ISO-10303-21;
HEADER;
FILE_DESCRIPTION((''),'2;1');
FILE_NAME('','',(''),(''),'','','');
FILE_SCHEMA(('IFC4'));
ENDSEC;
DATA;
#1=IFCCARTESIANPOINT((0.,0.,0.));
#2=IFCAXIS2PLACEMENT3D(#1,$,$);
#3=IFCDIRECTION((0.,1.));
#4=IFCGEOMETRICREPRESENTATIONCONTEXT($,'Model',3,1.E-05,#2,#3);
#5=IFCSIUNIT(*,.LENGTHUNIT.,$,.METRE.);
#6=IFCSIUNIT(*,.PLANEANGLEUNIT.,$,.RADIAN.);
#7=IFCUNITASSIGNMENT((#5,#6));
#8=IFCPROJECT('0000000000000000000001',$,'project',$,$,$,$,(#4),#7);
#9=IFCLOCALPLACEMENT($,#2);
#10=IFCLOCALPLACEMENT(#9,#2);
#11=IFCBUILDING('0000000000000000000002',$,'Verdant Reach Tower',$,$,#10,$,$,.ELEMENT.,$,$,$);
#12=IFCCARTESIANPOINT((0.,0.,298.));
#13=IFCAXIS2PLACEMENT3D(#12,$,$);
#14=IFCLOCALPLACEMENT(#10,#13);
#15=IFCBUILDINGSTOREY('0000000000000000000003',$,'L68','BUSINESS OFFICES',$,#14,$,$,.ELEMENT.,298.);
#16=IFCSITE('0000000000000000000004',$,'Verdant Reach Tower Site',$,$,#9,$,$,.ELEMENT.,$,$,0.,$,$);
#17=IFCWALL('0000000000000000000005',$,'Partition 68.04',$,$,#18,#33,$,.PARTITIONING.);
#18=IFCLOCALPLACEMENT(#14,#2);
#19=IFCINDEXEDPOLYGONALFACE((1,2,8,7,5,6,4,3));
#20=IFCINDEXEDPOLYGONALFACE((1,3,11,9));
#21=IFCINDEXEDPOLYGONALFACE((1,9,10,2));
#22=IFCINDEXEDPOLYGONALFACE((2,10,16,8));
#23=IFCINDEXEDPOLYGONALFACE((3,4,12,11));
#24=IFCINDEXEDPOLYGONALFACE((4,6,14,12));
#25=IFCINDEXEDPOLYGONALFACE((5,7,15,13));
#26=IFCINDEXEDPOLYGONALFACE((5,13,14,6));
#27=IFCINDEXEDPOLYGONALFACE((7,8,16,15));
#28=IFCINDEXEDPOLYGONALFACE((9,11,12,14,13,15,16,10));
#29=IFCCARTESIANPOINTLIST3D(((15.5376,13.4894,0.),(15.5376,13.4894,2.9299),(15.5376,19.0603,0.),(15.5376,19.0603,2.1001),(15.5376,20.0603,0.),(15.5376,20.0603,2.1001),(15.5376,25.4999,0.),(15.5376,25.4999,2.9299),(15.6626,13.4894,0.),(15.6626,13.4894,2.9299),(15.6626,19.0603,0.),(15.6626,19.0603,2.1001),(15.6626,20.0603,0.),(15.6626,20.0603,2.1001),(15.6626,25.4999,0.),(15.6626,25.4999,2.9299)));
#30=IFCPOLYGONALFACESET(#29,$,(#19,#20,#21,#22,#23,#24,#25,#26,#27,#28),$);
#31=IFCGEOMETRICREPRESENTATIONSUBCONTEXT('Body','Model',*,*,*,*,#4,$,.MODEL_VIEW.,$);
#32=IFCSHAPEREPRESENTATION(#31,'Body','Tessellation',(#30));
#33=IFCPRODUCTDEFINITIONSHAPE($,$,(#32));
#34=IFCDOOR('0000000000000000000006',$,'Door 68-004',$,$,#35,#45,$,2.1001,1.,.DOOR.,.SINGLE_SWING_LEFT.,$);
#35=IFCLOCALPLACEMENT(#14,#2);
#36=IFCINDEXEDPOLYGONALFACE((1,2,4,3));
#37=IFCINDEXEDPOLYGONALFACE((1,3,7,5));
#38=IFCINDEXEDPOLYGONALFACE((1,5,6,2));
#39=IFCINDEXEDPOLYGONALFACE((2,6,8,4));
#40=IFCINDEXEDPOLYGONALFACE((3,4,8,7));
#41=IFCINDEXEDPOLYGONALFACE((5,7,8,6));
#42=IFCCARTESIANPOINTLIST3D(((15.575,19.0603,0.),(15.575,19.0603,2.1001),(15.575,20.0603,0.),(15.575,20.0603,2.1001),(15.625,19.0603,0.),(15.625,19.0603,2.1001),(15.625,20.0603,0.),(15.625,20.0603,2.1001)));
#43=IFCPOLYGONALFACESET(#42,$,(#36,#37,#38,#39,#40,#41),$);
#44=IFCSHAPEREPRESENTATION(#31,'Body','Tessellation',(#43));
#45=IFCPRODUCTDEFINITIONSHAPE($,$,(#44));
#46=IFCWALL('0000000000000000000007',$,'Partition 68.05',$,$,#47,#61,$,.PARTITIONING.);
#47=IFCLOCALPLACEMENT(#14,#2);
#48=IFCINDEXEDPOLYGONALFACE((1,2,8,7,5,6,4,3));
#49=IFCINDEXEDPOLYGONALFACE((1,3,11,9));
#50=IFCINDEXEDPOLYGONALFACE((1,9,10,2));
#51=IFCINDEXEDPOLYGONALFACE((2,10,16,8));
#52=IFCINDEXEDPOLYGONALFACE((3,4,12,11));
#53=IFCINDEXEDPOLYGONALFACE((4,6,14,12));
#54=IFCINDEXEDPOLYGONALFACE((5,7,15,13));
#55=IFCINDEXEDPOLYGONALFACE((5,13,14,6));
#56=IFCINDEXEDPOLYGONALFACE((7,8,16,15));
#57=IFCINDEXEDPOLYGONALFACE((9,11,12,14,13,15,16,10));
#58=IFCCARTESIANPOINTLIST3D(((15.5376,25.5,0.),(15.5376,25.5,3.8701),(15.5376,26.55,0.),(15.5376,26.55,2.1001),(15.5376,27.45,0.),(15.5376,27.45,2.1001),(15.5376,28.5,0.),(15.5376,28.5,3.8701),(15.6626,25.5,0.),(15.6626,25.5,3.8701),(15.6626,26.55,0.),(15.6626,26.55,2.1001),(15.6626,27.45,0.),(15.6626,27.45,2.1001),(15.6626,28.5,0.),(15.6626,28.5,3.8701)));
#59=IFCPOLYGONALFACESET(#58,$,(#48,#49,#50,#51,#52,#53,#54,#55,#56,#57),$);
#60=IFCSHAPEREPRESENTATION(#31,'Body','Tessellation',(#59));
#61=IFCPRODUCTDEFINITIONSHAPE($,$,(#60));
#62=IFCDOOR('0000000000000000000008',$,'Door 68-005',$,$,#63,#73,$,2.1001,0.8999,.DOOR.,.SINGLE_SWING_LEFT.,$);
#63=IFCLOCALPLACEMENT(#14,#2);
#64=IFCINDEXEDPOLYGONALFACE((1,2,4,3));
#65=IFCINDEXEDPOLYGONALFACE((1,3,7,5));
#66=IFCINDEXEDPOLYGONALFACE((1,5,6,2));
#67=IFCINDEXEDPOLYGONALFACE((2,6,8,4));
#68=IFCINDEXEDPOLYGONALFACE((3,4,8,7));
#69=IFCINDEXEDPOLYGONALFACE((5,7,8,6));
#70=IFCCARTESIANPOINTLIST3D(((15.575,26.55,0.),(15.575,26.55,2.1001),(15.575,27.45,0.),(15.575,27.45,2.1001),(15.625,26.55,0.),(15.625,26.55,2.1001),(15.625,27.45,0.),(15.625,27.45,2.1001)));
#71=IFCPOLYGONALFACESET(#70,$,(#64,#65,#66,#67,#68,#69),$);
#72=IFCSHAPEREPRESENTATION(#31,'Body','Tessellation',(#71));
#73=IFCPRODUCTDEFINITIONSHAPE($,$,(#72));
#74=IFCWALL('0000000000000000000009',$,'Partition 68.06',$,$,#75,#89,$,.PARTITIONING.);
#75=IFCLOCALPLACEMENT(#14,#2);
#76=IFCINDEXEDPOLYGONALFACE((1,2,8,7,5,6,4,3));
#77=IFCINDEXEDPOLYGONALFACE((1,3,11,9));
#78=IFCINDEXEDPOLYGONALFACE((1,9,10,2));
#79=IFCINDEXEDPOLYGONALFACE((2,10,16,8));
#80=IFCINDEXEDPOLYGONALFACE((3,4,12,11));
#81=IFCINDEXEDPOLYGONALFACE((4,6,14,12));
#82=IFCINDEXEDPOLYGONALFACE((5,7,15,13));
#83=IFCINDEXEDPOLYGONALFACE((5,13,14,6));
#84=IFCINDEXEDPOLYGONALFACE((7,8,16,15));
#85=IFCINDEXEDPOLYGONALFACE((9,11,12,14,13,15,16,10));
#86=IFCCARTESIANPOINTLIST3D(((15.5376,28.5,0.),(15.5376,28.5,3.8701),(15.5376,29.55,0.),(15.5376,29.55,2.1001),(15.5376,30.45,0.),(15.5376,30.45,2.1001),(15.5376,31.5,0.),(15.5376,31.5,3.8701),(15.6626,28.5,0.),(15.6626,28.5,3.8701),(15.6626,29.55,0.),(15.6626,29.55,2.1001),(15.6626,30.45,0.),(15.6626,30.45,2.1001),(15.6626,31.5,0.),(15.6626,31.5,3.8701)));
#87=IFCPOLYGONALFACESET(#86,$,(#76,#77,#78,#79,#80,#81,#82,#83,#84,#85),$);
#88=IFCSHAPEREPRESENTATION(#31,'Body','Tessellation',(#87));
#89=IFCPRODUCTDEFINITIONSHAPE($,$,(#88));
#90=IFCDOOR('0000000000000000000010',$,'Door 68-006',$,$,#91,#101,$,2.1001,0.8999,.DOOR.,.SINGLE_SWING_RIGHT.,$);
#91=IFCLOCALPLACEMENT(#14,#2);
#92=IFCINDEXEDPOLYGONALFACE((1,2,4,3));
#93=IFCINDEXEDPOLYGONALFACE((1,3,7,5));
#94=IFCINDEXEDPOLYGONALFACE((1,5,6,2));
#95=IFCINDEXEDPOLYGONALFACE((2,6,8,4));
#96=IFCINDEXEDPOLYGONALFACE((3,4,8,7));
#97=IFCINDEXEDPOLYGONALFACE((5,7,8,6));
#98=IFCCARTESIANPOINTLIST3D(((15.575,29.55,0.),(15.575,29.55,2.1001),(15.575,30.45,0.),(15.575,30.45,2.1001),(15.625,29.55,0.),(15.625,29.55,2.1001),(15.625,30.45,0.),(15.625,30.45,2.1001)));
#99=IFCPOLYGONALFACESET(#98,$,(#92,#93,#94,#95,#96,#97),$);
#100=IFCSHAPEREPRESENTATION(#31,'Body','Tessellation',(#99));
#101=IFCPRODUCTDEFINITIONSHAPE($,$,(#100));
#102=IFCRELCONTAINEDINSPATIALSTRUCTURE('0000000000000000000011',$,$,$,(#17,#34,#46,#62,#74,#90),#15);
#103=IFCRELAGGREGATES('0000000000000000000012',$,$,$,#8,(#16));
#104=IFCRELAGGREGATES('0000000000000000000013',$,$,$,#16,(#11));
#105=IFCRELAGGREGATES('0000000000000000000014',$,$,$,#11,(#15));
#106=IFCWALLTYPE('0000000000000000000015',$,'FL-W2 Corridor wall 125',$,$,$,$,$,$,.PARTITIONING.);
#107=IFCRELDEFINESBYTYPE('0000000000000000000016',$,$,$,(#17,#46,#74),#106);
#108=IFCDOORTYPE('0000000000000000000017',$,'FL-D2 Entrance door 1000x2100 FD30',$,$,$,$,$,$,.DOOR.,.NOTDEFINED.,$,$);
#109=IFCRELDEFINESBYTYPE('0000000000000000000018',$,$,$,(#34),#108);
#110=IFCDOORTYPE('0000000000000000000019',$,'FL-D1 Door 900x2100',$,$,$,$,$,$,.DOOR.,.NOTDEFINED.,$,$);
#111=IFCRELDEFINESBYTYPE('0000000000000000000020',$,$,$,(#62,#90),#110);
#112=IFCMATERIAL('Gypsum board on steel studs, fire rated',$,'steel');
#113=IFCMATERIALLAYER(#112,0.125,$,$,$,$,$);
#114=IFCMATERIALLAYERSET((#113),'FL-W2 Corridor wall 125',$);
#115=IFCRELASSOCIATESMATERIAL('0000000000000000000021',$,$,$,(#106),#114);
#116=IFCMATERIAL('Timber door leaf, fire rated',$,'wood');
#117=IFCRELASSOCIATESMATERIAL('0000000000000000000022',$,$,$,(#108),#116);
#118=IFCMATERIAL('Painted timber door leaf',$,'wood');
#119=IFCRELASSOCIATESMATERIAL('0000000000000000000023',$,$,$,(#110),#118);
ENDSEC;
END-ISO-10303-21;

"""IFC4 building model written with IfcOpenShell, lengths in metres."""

from ifc_helpers import new_model, si_unit, direction, frame, frame_2d, origin, place, context, subcontext, project, spatial, rectangle, extrude, material, layer, layer_set, type_object, element, fill, save


model = new_model("IFC4")

# Units and contexts
model_context = context("Model", 3, precision=1e-05, world=origin(), true_north=direction((0.0, 1.0)))
body_context = subcontext(model_context, "Body", "Model", "MODEL_VIEW")
ifc_project = project(units=[si_unit("LENGTHUNIT", "METRE"), si_unit("PLANEANGLEUNIT", "RADIAN")], contexts=[model_context])

# Site, building, storey
site_placement = place(None, origin())
site = spatial("IfcSite", under=ifc_project, at=site_placement, Name="Verdant Reach Tower Site", CompositionType="ELEMENT", RefElevation=0.0)
building_placement = place(site_placement, origin())
building = spatial("IfcBuilding", under=site, at=building_placement, Name="Verdant Reach Tower", CompositionType="ELEMENT")
storey_placement = place(building_placement, frame((0.0, 0.0, 298.0)))
storey = spatial("IfcBuildingStorey", under=building, at=storey_placement, Name="L68", Description="BUSINESS OFFICES", CompositionType="ELEMENT", Elevation=298.0)

# Walls, openings, doors
ifc_material_1 = material(Name="Gypsum board on steel studs, fire rated", Category="steel")
ifc_layer_1 = layer(ifc_material_1, 0.125)
ifc_layer_set_1 = layer_set([ifc_layer_1], Name="FL-W2 Corridor wall 125")
wall_type_1 = type_object("IfcWallType", Name="FL-W2 Corridor wall 125", PredefinedType="PARTITIONING", material=ifc_layer_set_1)
wall_1_placement = place(storey_placement, frame((15.6001, 25.5, 0.0), z_axis=(0.0, 0.0, 1.0), x_axis=(0.0, -1.0, 0.0)))
wall_1 = element("IfcWall", 1, at=wall_1_placement, inside=storey, type_object=wall_type_1, Name="Partition 68.04", PredefinedType="PARTITIONING", context=body_context, shape_type="SweptSolid", body=[
    extrude(rectangle(XDim=12.0105, YDim=0.125, at=frame_2d((6.0054, 0.0))), origin(), (0.0, 0.0, 1.0), 2.9299),
])
opening_1_placement = place(wall_1_placement, frame((5.4397, 0.0, 0.0)))
opening_1 = element("IfcOpeningElement", 2, at=opening_1_placement, cuts=wall_1, PredefinedType="OPENING", context=body_context, shape_type="SweptSolid", body=[
    extrude(rectangle(XDim=1.0, YDim=2.1001, at=frame_2d((0.5, 1.05))), frame((0.0, 0.0725, 0.0), z_axis=(0.0, -1.0, 0.0), x_axis=(1.0, 0.0, 0.0)), (0.0, 0.0, 1.0), 0.145),
])
ifc_material_2 = material(Name="Timber door leaf, fire rated", Category="wood")
door_type_1 = type_object("IfcDoorType", Name="FL-D2 Entrance door 1000x2100 FD30", OperationType="NOTDEFINED", PredefinedType="DOOR", material=ifc_material_2)
door_1_placement = place(opening_1_placement, origin())
door_1 = element("IfcDoor", 3, at=door_1_placement, inside=storey, type_object=door_type_1, Name="Door 68-004", OperationType="SINGLE_SWING_LEFT", OverallHeight=2.1001, OverallWidth=1.0, PredefinedType="DOOR", context=body_context, shape_type="SweptSolid", body=[
    extrude(rectangle(XDim=1.0, YDim=2.1001, at=frame_2d((0.5, 1.05))), frame((0.0, 0.0249, 0.0), z_axis=(0.0, -1.0, 0.0), x_axis=(1.0, 0.0, 0.0)), (0.0, 0.0, 1.0), 0.05),
])
fill(opening_1, door_1)
wall_2_placement = place(storey_placement, frame((15.6001, 28.5, 0.0), z_axis=(0.0, 0.0, 1.0), x_axis=(0.0, -1.0, 0.0)))
wall_2 = element("IfcWall", 4, at=wall_2_placement, inside=storey, type_object=wall_type_1, Name="Partition 68.05", PredefinedType="PARTITIONING", context=body_context, shape_type="SweptSolid", body=[
    extrude(rectangle(XDim=3.0, YDim=0.125, at=frame_2d((1.5, 0.0))), origin(), (0.0, 0.0, 1.0), 3.8701),
])
opening_2_placement = place(wall_2_placement, frame((1.05, 0.0, 0.0)))
opening_2 = element("IfcOpeningElement", 5, at=opening_2_placement, cuts=wall_2, PredefinedType="OPENING", context=body_context, shape_type="SweptSolid", body=[
    extrude(rectangle(XDim=0.8999, YDim=2.1001, at=frame_2d((0.45, 1.05))), frame((0.0, 0.0725, 0.0), z_axis=(0.0, -1.0, 0.0), x_axis=(1.0, 0.0, 0.0)), (0.0, 0.0, 1.0), 0.145),
])
ifc_material_3 = material(Name="Painted timber door leaf", Category="wood")
door_type_2 = type_object("IfcDoorType", Name="FL-D1 Door 900x2100", OperationType="NOTDEFINED", PredefinedType="DOOR", material=ifc_material_3)
door_2_placement = place(opening_2_placement, origin())
door_2 = element("IfcDoor", 6, at=door_2_placement, inside=storey, type_object=door_type_2, Name="Door 68-005", OperationType="SINGLE_SWING_LEFT", OverallHeight=2.1001, OverallWidth=0.8999, PredefinedType="DOOR", context=body_context, shape_type="SweptSolid", body=[
    extrude(rectangle(XDim=0.8999, YDim=2.1001, at=frame_2d((0.45, 1.05))), frame((0.0, 0.0249, 0.0), z_axis=(0.0, -1.0, 0.0), x_axis=(1.0, 0.0, 0.0)), (0.0, 0.0, 1.0), 0.05),
])
fill(opening_2, door_2)
wall_3_placement = place(storey_placement, frame((15.6001, 31.5, 0.0), z_axis=(0.0, 0.0, 1.0), x_axis=(0.0, -1.0, 0.0)))
wall_3 = element("IfcWall", 7, at=wall_3_placement, inside=storey, type_object=wall_type_1, Name="Partition 68.06", PredefinedType="PARTITIONING", context=body_context, shape_type="SweptSolid", body=[
    extrude(rectangle(XDim=3.0, YDim=0.125, at=frame_2d((1.5, 0.0))), origin(), (0.0, 0.0, 1.0), 3.8701),
])
opening_3_placement = place(wall_3_placement, frame((1.05, 0.0, 0.0)))
opening_3 = element("IfcOpeningElement", 8, at=opening_3_placement, cuts=wall_3, PredefinedType="OPENING", context=body_context, shape_type="SweptSolid", body=[
    extrude(rectangle(XDim=0.8999, YDim=2.1001, at=frame_2d((0.45, 1.05))), frame((0.0, 0.0725, 0.0), z_axis=(0.0, -1.0, 0.0), x_axis=(1.0, 0.0, 0.0)), (0.0, 0.0, 1.0), 0.145),
])
door_3_placement = place(opening_3_placement, origin())
door_3 = element("IfcDoor", 9, at=door_3_placement, inside=storey, type_object=door_type_2, Name="Door 68-006", OperationType="SINGLE_SWING_RIGHT", OverallHeight=2.1001, OverallWidth=0.8999, PredefinedType="DOOR", context=body_context, shape_type="SweptSolid", body=[
    extrude(rectangle(XDim=0.8999, YDim=2.1001, at=frame_2d((0.45, 1.05))), frame((0.0, 0.0249, 0.0), z_axis=(0.0, -1.0, 0.0), x_axis=(1.0, 0.0, 0.0)), (0.0, 0.0, 1.0), 0.05),
])
fill(opening_3, door_3)

save(model, "model.ifc")
